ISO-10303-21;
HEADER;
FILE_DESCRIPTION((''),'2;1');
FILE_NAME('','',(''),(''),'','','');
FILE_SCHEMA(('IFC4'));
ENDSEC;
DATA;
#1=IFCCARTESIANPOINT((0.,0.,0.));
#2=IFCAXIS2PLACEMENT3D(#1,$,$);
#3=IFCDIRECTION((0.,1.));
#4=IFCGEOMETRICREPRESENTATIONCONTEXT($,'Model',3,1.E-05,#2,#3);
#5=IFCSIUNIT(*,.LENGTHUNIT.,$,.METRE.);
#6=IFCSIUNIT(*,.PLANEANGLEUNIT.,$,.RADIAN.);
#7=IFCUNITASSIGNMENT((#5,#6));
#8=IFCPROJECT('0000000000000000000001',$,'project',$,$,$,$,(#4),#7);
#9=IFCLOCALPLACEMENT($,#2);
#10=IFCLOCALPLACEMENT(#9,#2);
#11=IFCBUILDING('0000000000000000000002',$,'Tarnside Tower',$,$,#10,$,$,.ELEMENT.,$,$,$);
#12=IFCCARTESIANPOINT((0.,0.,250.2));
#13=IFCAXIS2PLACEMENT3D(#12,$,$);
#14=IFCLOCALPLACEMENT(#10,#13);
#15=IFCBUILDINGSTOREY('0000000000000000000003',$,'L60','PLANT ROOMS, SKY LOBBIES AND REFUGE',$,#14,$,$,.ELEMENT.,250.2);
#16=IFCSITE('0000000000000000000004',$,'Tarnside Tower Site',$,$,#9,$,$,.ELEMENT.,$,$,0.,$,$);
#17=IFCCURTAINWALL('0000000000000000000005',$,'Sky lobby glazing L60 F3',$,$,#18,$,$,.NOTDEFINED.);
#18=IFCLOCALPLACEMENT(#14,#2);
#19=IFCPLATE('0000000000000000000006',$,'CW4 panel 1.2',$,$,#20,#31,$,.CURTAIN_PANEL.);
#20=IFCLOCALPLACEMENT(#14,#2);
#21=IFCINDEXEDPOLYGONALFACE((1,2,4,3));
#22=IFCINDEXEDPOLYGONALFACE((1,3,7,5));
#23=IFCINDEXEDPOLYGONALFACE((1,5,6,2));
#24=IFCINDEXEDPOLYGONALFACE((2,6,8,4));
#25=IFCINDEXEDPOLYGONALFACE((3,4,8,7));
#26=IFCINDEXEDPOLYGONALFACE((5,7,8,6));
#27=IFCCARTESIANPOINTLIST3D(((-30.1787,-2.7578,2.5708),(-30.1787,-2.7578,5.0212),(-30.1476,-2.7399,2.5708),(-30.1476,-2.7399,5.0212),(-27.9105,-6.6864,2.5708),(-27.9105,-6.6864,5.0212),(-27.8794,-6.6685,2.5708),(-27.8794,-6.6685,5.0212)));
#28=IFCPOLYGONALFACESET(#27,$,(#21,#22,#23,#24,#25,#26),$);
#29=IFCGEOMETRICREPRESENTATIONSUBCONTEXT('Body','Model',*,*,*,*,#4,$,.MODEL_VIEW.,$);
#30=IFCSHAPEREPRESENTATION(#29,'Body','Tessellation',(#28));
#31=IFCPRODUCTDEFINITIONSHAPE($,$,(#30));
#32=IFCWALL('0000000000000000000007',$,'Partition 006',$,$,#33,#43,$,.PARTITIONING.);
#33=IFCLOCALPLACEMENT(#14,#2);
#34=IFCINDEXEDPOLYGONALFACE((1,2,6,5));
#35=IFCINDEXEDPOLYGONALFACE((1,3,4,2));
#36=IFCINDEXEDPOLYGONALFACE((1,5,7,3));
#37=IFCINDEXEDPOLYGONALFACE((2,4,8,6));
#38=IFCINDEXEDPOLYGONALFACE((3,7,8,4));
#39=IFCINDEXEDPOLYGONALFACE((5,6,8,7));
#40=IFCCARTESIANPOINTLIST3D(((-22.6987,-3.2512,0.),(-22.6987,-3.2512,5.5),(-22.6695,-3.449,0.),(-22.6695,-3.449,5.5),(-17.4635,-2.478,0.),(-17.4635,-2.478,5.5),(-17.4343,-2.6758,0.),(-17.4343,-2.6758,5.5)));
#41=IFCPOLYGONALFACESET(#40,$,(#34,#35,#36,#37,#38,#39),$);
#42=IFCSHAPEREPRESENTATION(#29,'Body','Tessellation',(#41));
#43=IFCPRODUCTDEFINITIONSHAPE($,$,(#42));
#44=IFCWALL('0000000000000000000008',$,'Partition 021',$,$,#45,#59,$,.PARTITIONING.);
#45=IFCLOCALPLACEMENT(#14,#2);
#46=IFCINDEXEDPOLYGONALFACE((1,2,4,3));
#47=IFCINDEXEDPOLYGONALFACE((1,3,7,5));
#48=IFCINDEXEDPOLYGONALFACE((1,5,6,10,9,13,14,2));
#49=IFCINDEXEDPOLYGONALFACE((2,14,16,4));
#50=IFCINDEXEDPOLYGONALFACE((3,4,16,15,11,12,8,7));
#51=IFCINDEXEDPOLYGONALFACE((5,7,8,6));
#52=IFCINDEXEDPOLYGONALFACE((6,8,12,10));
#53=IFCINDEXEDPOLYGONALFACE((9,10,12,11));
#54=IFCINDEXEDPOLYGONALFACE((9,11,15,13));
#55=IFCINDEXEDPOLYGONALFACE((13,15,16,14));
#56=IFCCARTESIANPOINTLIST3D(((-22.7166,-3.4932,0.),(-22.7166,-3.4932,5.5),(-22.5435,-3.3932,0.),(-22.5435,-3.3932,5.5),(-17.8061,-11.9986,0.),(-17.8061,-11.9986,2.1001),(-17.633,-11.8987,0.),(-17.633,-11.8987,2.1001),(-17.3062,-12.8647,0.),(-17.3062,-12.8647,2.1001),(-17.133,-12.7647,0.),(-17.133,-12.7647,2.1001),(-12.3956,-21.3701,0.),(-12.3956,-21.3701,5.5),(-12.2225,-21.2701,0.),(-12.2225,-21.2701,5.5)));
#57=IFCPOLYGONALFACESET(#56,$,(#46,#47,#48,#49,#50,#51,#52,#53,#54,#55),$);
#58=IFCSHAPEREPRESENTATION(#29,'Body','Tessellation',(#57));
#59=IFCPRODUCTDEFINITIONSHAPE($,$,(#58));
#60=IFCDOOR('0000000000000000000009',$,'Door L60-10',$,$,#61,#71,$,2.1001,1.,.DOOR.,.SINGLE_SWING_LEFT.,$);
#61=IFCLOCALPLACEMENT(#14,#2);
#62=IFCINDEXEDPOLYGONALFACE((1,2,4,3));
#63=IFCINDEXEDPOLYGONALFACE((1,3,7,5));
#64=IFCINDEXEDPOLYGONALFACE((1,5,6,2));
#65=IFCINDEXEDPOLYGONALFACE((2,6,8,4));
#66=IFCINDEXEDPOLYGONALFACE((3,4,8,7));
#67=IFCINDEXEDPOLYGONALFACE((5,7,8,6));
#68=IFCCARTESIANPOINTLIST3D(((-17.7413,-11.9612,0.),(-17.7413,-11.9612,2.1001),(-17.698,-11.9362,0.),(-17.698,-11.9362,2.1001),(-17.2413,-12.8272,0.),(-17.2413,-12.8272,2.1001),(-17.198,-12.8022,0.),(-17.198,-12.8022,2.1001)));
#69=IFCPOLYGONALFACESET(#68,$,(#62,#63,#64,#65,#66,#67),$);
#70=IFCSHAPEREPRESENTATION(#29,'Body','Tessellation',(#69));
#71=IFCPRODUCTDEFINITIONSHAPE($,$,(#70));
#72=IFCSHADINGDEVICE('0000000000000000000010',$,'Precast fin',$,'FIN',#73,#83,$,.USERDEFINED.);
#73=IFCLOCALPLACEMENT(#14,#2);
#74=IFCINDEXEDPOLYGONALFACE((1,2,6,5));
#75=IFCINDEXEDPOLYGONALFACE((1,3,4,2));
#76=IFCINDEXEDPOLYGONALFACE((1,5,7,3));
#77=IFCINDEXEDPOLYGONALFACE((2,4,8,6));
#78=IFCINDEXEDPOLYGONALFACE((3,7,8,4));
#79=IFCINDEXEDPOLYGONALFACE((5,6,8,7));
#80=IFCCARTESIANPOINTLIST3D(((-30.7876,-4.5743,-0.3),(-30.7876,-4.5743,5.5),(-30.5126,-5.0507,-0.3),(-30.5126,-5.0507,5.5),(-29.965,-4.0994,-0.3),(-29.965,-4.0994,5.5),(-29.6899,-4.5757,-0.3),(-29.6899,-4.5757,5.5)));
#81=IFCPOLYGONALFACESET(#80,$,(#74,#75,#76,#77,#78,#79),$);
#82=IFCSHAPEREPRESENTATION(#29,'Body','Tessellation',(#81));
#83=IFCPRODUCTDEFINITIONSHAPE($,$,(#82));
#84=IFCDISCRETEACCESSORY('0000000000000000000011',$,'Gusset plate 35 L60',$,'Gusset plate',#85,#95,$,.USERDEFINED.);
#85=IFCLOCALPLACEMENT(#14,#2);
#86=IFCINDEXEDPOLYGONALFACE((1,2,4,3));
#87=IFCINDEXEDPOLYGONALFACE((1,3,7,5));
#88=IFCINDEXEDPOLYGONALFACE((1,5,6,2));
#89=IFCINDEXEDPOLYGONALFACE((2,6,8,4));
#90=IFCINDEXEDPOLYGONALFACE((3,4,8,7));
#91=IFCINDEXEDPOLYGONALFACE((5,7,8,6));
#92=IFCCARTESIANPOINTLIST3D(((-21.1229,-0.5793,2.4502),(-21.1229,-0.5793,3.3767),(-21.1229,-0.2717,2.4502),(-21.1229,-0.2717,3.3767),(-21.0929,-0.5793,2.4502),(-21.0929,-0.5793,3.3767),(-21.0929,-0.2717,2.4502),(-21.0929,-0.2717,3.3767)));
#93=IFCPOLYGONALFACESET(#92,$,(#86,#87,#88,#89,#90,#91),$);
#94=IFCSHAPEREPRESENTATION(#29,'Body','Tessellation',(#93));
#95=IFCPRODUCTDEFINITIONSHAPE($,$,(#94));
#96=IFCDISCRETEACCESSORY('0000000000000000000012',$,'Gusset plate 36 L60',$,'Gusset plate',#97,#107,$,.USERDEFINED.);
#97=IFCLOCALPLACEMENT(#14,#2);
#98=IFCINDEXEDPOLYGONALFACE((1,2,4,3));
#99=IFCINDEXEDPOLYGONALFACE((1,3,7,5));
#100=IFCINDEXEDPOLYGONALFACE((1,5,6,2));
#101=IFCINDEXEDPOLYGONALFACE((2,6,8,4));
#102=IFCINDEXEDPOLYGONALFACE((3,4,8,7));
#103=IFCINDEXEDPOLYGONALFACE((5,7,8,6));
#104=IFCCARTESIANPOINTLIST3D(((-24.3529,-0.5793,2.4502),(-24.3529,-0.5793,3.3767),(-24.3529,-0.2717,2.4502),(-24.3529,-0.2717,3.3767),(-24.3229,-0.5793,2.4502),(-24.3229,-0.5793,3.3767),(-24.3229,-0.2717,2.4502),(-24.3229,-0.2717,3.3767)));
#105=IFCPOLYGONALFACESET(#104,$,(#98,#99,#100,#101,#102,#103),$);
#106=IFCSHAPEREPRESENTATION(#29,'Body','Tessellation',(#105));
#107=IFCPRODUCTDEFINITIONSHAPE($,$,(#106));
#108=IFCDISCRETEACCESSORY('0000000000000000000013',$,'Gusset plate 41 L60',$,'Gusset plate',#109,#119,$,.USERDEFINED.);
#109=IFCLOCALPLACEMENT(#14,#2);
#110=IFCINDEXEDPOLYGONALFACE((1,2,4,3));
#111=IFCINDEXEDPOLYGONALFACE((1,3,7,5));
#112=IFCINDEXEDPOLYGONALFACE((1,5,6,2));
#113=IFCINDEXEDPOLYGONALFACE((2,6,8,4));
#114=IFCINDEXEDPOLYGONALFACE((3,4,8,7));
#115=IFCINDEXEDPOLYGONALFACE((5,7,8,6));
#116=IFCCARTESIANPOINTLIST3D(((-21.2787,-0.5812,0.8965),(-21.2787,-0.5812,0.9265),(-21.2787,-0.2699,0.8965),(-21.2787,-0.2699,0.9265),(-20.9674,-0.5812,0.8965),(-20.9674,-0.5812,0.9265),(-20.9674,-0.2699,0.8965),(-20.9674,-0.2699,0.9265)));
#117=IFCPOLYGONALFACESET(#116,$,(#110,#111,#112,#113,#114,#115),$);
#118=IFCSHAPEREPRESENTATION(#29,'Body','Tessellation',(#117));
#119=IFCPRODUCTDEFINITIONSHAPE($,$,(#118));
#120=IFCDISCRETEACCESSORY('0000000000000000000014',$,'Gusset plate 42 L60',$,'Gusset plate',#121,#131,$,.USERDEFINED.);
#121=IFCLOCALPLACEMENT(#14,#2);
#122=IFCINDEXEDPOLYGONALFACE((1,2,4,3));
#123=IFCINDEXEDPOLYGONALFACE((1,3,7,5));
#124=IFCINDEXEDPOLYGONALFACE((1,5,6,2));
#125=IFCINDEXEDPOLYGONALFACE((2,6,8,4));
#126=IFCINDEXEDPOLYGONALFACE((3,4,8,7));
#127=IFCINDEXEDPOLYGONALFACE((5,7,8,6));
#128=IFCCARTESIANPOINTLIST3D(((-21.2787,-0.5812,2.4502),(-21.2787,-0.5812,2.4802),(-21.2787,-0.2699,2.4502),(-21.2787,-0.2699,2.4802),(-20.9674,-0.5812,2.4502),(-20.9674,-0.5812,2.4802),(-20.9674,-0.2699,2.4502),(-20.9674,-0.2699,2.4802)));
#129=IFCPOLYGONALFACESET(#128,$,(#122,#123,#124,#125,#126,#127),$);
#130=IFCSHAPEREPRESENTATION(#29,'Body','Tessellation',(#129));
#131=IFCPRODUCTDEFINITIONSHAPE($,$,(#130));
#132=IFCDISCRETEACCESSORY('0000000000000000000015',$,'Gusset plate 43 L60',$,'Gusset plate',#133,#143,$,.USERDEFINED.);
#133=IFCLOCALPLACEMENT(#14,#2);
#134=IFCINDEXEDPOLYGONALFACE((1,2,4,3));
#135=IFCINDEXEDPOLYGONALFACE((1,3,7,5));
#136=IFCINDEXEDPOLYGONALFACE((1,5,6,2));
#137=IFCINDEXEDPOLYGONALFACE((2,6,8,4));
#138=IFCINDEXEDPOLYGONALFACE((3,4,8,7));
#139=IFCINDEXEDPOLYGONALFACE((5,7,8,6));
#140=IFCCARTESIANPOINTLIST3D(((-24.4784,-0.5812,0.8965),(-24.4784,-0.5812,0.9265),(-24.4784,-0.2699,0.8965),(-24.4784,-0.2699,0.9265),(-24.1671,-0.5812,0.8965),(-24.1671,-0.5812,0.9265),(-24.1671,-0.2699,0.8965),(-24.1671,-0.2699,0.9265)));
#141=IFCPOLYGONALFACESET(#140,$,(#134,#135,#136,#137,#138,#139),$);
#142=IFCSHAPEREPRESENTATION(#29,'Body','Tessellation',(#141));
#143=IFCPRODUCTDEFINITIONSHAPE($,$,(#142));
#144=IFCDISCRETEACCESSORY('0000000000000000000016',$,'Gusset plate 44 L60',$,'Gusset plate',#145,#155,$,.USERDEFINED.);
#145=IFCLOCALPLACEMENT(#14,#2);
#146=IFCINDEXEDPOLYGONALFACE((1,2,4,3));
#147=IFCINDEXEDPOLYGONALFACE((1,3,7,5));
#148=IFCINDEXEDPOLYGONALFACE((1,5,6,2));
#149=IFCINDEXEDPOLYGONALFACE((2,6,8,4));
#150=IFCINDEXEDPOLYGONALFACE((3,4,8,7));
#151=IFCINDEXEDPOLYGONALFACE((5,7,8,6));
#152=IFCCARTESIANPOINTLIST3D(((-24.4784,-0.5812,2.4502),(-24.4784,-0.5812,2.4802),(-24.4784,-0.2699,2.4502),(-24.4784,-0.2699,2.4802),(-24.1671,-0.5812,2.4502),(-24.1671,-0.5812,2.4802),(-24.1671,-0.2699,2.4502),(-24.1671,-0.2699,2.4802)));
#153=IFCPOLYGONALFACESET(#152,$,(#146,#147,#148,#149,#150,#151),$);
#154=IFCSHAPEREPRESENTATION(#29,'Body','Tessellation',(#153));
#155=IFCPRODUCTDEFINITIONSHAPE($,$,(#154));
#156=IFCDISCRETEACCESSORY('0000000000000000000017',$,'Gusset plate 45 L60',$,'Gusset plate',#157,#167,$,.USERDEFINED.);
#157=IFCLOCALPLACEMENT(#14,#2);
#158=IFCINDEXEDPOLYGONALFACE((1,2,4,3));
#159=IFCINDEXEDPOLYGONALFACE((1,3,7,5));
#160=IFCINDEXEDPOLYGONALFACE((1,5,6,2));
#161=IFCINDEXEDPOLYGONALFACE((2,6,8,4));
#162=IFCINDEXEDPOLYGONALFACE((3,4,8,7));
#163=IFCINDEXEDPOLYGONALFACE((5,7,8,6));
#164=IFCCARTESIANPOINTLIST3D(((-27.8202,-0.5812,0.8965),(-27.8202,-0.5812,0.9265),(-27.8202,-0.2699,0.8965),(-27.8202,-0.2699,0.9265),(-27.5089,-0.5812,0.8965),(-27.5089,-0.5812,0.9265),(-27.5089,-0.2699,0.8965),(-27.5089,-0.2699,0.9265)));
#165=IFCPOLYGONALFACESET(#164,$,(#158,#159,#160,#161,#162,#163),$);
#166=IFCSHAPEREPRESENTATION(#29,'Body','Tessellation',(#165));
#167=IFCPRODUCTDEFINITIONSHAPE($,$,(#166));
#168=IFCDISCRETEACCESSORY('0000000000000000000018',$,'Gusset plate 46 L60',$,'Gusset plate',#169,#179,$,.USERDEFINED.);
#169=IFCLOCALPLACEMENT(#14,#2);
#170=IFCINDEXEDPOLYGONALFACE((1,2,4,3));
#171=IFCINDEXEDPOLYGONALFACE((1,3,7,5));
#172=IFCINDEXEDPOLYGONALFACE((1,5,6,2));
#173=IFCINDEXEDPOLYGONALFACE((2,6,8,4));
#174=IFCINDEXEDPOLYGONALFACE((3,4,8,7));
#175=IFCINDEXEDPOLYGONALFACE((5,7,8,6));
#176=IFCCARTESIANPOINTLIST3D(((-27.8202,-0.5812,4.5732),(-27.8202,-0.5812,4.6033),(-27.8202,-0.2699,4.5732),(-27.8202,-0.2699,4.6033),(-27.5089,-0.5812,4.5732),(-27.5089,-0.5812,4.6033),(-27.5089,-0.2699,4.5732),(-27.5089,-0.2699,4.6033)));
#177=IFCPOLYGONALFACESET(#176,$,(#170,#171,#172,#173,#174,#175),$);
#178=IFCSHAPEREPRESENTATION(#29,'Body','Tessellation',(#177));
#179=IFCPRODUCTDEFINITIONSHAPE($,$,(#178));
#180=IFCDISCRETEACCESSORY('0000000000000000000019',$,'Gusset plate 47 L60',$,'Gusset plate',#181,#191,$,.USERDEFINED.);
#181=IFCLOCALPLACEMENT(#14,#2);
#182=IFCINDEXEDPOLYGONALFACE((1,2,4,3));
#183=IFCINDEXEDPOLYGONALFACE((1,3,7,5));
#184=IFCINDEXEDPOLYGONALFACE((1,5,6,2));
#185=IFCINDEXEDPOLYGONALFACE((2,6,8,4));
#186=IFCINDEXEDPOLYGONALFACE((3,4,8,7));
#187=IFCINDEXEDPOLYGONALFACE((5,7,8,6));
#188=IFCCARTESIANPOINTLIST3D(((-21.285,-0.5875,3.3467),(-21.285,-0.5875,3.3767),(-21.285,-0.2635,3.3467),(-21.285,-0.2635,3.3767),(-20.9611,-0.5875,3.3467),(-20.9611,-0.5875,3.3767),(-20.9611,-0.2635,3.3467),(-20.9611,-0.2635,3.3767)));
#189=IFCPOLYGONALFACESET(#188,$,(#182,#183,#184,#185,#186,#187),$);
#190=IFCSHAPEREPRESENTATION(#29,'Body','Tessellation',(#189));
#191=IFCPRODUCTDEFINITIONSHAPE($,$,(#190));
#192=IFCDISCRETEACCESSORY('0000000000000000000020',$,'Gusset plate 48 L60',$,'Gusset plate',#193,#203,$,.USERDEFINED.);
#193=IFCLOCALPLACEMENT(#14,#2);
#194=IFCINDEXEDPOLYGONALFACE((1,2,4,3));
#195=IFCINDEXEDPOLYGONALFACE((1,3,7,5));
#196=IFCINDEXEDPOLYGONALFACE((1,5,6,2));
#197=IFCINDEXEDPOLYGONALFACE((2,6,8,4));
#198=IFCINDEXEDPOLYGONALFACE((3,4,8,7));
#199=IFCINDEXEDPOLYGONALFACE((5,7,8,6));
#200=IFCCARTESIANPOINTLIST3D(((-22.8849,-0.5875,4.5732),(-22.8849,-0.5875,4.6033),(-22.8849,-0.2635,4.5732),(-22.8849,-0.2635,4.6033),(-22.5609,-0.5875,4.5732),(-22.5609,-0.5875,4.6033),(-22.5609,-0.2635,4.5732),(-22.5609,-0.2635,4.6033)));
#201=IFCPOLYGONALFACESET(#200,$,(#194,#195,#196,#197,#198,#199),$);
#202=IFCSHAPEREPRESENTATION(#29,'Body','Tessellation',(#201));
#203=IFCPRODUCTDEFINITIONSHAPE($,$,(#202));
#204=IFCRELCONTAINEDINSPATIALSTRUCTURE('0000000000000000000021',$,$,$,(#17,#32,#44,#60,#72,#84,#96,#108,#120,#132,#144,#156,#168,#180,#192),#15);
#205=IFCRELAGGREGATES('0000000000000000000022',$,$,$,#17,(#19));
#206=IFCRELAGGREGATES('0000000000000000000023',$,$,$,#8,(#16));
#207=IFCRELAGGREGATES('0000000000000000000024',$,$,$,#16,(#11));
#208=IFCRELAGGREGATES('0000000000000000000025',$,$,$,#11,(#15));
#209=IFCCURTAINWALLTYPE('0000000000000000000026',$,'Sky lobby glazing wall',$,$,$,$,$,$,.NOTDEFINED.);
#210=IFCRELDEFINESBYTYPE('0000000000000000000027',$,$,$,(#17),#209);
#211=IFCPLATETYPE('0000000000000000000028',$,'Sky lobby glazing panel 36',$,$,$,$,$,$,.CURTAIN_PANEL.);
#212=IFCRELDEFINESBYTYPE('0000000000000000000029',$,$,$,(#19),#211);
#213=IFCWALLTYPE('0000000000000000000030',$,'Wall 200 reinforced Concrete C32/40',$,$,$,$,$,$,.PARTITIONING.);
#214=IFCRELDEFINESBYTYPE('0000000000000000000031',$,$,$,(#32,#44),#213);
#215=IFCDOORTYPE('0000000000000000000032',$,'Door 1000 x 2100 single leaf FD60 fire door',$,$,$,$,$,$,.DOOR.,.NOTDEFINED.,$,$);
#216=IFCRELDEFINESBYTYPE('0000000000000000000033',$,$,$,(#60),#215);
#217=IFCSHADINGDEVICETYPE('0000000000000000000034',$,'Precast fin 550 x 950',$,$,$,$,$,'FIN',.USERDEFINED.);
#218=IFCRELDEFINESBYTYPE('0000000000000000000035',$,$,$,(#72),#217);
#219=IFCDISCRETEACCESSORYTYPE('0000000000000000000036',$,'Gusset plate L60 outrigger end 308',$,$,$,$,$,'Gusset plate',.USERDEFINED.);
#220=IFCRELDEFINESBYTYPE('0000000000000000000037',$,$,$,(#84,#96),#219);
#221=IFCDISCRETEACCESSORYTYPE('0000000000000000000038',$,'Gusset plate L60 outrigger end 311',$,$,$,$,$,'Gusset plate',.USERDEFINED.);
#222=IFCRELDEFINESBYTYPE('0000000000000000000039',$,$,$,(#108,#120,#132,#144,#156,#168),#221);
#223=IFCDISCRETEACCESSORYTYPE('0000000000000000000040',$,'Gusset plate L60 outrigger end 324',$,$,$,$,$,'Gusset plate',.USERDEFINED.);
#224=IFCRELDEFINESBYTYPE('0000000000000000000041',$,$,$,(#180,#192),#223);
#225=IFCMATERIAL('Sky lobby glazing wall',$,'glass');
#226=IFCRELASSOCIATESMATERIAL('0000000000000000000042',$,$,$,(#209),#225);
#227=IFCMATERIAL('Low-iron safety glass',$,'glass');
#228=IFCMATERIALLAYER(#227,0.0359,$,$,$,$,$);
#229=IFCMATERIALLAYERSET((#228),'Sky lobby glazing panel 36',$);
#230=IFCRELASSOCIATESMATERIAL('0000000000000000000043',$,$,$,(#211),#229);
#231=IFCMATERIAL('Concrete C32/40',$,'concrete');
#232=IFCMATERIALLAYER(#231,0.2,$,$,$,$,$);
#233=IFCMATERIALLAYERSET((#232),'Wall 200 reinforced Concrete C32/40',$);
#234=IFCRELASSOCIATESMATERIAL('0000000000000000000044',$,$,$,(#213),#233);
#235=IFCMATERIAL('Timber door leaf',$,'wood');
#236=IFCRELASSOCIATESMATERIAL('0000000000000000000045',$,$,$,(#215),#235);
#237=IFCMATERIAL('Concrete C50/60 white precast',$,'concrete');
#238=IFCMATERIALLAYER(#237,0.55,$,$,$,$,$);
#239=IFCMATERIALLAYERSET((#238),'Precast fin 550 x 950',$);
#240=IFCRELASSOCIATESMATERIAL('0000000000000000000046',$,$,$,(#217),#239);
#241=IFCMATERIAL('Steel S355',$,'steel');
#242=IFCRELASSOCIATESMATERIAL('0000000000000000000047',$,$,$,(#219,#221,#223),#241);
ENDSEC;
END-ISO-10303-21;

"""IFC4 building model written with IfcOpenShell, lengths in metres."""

from ifc_helpers import new_model, si_unit, direction, frame, frame_2d, origin, origin_2d, place, context, subcontext, project, spatial, polyline, rectangle, outline, extrude, material, layer, layer_set, type_object, element, fill, aggregate, save


model = new_model("IFC4")

# Units and contexts
model_context = context("Model", 3, precision=1e-05, world=origin(), true_north=direction((0.0, 1.0)))
body_context = subcontext(model_context, "Body", "Model", "MODEL_VIEW")
ifc_project = project(units=[si_unit("LENGTHUNIT", "METRE"), si_unit("PLANEANGLEUNIT", "RADIAN")], contexts=[model_context])

# Site, building, storey
site_placement = place(None, origin())
site = spatial("IfcSite", under=ifc_project, at=site_placement, Name="Tarnside Tower Site", CompositionType="ELEMENT", RefElevation=0.0)
building_placement = place(site_placement, origin())
building = spatial("IfcBuilding", under=site, at=building_placement, Name="Tarnside Tower", CompositionType="ELEMENT")
storey_placement = place(building_placement, frame((0.0, 0.0, 250.2)))
storey = spatial("IfcBuildingStorey", under=building, at=storey_placement, Name="L60", Description="PLANT ROOMS, SKY LOBBIES AND REFUGE", CompositionType="ELEMENT", Elevation=250.2)

# Shared definitions
ifc_material_1 = material(Name="Steel S355", Category="steel")

# Curtain wall, plate
ifc_material_2 = material(Name="Sky lobby glazing wall", Category="glass")
curtain_wall_type = type_object("IfcCurtainWallType", Name="Sky lobby glazing wall", PredefinedType="NOTDEFINED", material=ifc_material_2)
curtain_wall_placement = place(storey_placement, origin())
curtain_wall = element("IfcCurtainWall", 1, at=curtain_wall_placement, inside=storey, type_object=curtain_wall_type, Name="Sky lobby glazing L60 F3", PredefinedType="NOTDEFINED")
ifc_material_3 = material(Name="Low-iron safety glass", Category="glass")
ifc_layer_1 = layer(ifc_material_3, 0.0359)
ifc_layer_set_1 = layer_set([ifc_layer_1], Name="Sky lobby glazing panel 36")
plate_type = type_object("IfcPlateType", Name="Sky lobby glazing panel 36", PredefinedType="CURTAIN_PANEL", material=ifc_layer_set_1)
plate_placement = place(storey_placement, frame((-29.0291, -4.7131, 2.5708), z_axis=(0.0, 0.0, 1.0), x_axis=(0.5, -0.866025, 0.0)))
plate = element("IfcPlate", 2, at=plate_placement, type_object=plate_type, Name="CW4 panel 1.2", PredefinedType="CURTAIN_PANEL", context=body_context, shape_type="SweptSolid", body=[
    extrude(rectangle(XDim=4.5364, YDim=0.0359, at=origin_2d()), origin(), (0.0, 0.0, 1.0), 2.4504),
])
aggregate(curtain_wall, [plate])

# Wall
ifc_material_4 = material(Name="Concrete C32/40", Category="concrete")
ifc_layer_2 = layer(ifc_material_4, 0.2)
ifc_layer_set_2 = layer_set([ifc_layer_2], Name="Wall 200 reinforced Concrete C32/40")
wall_type = type_object("IfcWallType", Name="Wall 200 reinforced Concrete C32/40", PredefinedType="PARTITIONING", material=ifc_layer_set_2)
wall_1_placement = place(storey_placement, frame((-22.6841, -3.3501, 0.0), z_axis=(0.0, 0.0, 1.0), x_axis=(0.989269, 0.146109, 0.0)))
element("IfcWall", 3, at=wall_1_placement, inside=storey, type_object=wall_type, Name="Partition 006", PredefinedType="PARTITIONING", context=body_context, shape_type="SweptSolid", body=[
    extrude(rectangle(XDim=5.292, YDim=0.2, at=frame_2d((2.646, 0.0))), origin(), (0.0, 0.0, 1.0), 5.5),
])

# Wall, opening, door
wall_2_placement = place(storey_placement, frame((-22.6301, -3.4431, 0.0), z_axis=(0.0, 0.0, 1.0), x_axis=(0.499992, -0.86603, 0.0)))
wall_2 = element("IfcWall", 4, at=wall_2_placement, inside=storey, type_object=wall_type, Name="Partition 021", PredefinedType="PARTITIONING", context=body_context, shape_type="SweptSolid", body=[
    extrude(rectangle(XDim=20.6423, YDim=0.2, at=frame_2d((10.3213, 0.0))), origin(), (0.0, 0.0, 1.0), 5.5),
])
opening_placement = place(wall_2_placement, frame((9.8213, 0.0, 0.0)))
opening = element("IfcOpeningElement", 5, at=opening_placement, cuts=wall_2, PredefinedType="OPENING", context=body_context, shape_type="SweptSolid", body=[
    extrude(rectangle(XDim=1.0, YDim=2.1001, at=frame_2d((0.5, 1.05))), frame((0.0, 0.1099, 0.0), z_axis=(0.0, -1.0, 0.0), x_axis=(1.0, 0.0, 0.0)), (0.0, 0.0, 1.0), 0.22),
])
ifc_material_5 = material(Name="Timber door leaf", Category="wood")
door_type = type_object("IfcDoorType", Name="Door 1000 x 2100 single leaf FD60 fire door", OperationType="NOTDEFINED", PredefinedType="DOOR", material=ifc_material_5)
door_placement = place(opening_placement, origin())
door = element("IfcDoor", 6, at=door_placement, inside=storey, type_object=door_type, Name="Door L60-10", OperationType="SINGLE_SWING_LEFT", OverallHeight=2.1001, OverallWidth=1.0, PredefinedType="DOOR", context=body_context, shape_type="SweptSolid", body=[
    extrude(rectangle(XDim=1.0, YDim=2.1001, at=frame_2d((0.5, 1.05))), frame((0.0, 0.0249, 0.0), z_axis=(0.0, -1.0, 0.0), x_axis=(1.0, 0.0, 0.0)), (0.0, 0.0, 1.0), 0.05),
])
fill(opening, door)

# Shading device
ifc_material_6 = material(Name="Concrete C50/60 white precast", Category="concrete")
ifc_layer_3 = layer(ifc_material_6, 0.55)
ifc_layer_set_3 = layer_set([ifc_layer_3], Name="Precast fin 550 x 950")
shading_device_type = type_object("IfcShadingDeviceType", Name="Precast fin 550 x 950", ElementType="FIN", PredefinedType="USERDEFINED", material=ifc_layer_set_3)
shading_device_placement = place(storey_placement, frame((-29.8274, -4.3376, -0.3), z_axis=(-0.5, 0.866025, 0.0), x_axis=(-0.866025, -0.5, 0.0)))
element("IfcShadingDevice", 7, at=shading_device_placement, inside=storey, type_object=shading_device_type, Name="Precast fin", ObjectType="FIN", PredefinedType="USERDEFINED", context=body_context, shape_type="SweptSolid", body=[
    extrude(outline(polyline([(0.0, 0.0), (0.95, 0.0), (0.95, 5.8), (0.0, 5.8), (0.0, 0.0)])), frame((0.0, 0.0, -0.2749)), (0.0, 0.0, 1.0), 0.55),
])

# Discrete accessories
discrete_accessory_type_1 = type_object("IfcDiscreteAccessoryType", Name="Gusset plate L60 outrigger end 308", ElementType="Gusset plate", PredefinedType="USERDEFINED", material=ifc_material_1)
for number, where, z_axis, x_axis, name in (
    (8, (-21.1079, -0.4255, 2.4502), (0.0, 0.0, 1.0), (1.0, 0.0, 0.0), "Gusset plate 35 L60"),
    (9, (-24.3379, -0.4255, 2.4502), (0.0, 0.0, 1.0), (-1.0, 0.0, 0.0), "Gusset plate 36 L60"),
):
    element("IfcDiscreteAccessory", number, at=place(storey_placement, frame(where, z_axis=z_axis, x_axis=x_axis)), inside=storey, type_object=discrete_accessory_type_1, Name=name, ObjectType="Gusset plate", PredefinedType="USERDEFINED", context=body_context, shape_type="SweptSolid", body=[
        extrude(rectangle(XDim=0.03, YDim=0.3076, at=origin_2d()), origin(), (0.0, 0.0, 1.0), 0.9265),
    ])
discrete_accessory_type_2 = type_object("IfcDiscreteAccessoryType", Name="Gusset plate L60 outrigger end 311", ElementType="Gusset plate", PredefinedType="USERDEFINED", material=ifc_material_1)
for number, where, z_axis, x_axis, name in (
    (10, (-21.123, -0.4255, 0.8965), (0.0, 0.0, 1.0), (1.0, 0.0, 0.0), "Gusset plate 41 L60"),
    (11, (-21.123, -0.4255, 2.4502), (0.0, 0.0, 1.0), (1.0, 0.0, 0.0), "Gusset plate 42 L60"),
    (12, (-24.3228, -0.4255, 0.8965), (0.0, 0.0, 1.0), (1.0, 0.0, 0.0), "Gusset plate 43 L60"),
    (13, (-24.3228, -0.4255, 2.4502), (0.0, 0.0, 1.0), (1.0, 0.0, 0.0), "Gusset plate 44 L60"),
    (14, (-27.6646, -0.4255, 0.8965), (0.0, 0.0, 1.0), (1.0, 0.0, 0.0), "Gusset plate 45 L60"),
    (15, (-27.6646, -0.4255, 4.5732), (0.0, 0.0, 1.0), (1.0, 0.0, 0.0), "Gusset plate 46 L60"),
):
    element("IfcDiscreteAccessory", number, at=place(storey_placement, frame(where, z_axis=z_axis, x_axis=x_axis)), inside=storey, type_object=discrete_accessory_type_2, Name=name, ObjectType="Gusset plate", PredefinedType="USERDEFINED", context=body_context, shape_type="SweptSolid", body=[
        extrude(rectangle(XDim=0.3113, YDim=0.3113, at=origin_2d()), origin(), (0.0, 0.0, 1.0), 0.03),
    ])
discrete_accessory_type_3 = type_object("IfcDiscreteAccessoryType", Name="Gusset plate L60 outrigger end 324", ElementType="Gusset plate", PredefinedType="USERDEFINED", material=ifc_material_1)
for number, where, z_axis, x_axis, name in (
    (16, (-21.123, -0.4255, 3.3467), (0.0, 0.0, 1.0), (1.0, 0.0, 0.0), "Gusset plate 47 L60"),
    (17, (-22.7229, -0.4255, 4.5732), (0.0, 0.0, 1.0), (1.0, 0.0, 0.0), "Gusset plate 48 L60"),
):
    element("IfcDiscreteAccessory", number, at=place(storey_placement, frame(where, z_axis=z_axis, x_axis=x_axis)), inside=storey, type_object=discrete_accessory_type_3, Name=name, ObjectType="Gusset plate", PredefinedType="USERDEFINED", context=body_context, shape_type="SweptSolid", body=[
        extrude(rectangle(XDim=0.324, YDim=0.324, at=origin_2d()), origin(), (0.0, 0.0, 1.0), 0.03),
    ])

save(model, "model.ifc")
